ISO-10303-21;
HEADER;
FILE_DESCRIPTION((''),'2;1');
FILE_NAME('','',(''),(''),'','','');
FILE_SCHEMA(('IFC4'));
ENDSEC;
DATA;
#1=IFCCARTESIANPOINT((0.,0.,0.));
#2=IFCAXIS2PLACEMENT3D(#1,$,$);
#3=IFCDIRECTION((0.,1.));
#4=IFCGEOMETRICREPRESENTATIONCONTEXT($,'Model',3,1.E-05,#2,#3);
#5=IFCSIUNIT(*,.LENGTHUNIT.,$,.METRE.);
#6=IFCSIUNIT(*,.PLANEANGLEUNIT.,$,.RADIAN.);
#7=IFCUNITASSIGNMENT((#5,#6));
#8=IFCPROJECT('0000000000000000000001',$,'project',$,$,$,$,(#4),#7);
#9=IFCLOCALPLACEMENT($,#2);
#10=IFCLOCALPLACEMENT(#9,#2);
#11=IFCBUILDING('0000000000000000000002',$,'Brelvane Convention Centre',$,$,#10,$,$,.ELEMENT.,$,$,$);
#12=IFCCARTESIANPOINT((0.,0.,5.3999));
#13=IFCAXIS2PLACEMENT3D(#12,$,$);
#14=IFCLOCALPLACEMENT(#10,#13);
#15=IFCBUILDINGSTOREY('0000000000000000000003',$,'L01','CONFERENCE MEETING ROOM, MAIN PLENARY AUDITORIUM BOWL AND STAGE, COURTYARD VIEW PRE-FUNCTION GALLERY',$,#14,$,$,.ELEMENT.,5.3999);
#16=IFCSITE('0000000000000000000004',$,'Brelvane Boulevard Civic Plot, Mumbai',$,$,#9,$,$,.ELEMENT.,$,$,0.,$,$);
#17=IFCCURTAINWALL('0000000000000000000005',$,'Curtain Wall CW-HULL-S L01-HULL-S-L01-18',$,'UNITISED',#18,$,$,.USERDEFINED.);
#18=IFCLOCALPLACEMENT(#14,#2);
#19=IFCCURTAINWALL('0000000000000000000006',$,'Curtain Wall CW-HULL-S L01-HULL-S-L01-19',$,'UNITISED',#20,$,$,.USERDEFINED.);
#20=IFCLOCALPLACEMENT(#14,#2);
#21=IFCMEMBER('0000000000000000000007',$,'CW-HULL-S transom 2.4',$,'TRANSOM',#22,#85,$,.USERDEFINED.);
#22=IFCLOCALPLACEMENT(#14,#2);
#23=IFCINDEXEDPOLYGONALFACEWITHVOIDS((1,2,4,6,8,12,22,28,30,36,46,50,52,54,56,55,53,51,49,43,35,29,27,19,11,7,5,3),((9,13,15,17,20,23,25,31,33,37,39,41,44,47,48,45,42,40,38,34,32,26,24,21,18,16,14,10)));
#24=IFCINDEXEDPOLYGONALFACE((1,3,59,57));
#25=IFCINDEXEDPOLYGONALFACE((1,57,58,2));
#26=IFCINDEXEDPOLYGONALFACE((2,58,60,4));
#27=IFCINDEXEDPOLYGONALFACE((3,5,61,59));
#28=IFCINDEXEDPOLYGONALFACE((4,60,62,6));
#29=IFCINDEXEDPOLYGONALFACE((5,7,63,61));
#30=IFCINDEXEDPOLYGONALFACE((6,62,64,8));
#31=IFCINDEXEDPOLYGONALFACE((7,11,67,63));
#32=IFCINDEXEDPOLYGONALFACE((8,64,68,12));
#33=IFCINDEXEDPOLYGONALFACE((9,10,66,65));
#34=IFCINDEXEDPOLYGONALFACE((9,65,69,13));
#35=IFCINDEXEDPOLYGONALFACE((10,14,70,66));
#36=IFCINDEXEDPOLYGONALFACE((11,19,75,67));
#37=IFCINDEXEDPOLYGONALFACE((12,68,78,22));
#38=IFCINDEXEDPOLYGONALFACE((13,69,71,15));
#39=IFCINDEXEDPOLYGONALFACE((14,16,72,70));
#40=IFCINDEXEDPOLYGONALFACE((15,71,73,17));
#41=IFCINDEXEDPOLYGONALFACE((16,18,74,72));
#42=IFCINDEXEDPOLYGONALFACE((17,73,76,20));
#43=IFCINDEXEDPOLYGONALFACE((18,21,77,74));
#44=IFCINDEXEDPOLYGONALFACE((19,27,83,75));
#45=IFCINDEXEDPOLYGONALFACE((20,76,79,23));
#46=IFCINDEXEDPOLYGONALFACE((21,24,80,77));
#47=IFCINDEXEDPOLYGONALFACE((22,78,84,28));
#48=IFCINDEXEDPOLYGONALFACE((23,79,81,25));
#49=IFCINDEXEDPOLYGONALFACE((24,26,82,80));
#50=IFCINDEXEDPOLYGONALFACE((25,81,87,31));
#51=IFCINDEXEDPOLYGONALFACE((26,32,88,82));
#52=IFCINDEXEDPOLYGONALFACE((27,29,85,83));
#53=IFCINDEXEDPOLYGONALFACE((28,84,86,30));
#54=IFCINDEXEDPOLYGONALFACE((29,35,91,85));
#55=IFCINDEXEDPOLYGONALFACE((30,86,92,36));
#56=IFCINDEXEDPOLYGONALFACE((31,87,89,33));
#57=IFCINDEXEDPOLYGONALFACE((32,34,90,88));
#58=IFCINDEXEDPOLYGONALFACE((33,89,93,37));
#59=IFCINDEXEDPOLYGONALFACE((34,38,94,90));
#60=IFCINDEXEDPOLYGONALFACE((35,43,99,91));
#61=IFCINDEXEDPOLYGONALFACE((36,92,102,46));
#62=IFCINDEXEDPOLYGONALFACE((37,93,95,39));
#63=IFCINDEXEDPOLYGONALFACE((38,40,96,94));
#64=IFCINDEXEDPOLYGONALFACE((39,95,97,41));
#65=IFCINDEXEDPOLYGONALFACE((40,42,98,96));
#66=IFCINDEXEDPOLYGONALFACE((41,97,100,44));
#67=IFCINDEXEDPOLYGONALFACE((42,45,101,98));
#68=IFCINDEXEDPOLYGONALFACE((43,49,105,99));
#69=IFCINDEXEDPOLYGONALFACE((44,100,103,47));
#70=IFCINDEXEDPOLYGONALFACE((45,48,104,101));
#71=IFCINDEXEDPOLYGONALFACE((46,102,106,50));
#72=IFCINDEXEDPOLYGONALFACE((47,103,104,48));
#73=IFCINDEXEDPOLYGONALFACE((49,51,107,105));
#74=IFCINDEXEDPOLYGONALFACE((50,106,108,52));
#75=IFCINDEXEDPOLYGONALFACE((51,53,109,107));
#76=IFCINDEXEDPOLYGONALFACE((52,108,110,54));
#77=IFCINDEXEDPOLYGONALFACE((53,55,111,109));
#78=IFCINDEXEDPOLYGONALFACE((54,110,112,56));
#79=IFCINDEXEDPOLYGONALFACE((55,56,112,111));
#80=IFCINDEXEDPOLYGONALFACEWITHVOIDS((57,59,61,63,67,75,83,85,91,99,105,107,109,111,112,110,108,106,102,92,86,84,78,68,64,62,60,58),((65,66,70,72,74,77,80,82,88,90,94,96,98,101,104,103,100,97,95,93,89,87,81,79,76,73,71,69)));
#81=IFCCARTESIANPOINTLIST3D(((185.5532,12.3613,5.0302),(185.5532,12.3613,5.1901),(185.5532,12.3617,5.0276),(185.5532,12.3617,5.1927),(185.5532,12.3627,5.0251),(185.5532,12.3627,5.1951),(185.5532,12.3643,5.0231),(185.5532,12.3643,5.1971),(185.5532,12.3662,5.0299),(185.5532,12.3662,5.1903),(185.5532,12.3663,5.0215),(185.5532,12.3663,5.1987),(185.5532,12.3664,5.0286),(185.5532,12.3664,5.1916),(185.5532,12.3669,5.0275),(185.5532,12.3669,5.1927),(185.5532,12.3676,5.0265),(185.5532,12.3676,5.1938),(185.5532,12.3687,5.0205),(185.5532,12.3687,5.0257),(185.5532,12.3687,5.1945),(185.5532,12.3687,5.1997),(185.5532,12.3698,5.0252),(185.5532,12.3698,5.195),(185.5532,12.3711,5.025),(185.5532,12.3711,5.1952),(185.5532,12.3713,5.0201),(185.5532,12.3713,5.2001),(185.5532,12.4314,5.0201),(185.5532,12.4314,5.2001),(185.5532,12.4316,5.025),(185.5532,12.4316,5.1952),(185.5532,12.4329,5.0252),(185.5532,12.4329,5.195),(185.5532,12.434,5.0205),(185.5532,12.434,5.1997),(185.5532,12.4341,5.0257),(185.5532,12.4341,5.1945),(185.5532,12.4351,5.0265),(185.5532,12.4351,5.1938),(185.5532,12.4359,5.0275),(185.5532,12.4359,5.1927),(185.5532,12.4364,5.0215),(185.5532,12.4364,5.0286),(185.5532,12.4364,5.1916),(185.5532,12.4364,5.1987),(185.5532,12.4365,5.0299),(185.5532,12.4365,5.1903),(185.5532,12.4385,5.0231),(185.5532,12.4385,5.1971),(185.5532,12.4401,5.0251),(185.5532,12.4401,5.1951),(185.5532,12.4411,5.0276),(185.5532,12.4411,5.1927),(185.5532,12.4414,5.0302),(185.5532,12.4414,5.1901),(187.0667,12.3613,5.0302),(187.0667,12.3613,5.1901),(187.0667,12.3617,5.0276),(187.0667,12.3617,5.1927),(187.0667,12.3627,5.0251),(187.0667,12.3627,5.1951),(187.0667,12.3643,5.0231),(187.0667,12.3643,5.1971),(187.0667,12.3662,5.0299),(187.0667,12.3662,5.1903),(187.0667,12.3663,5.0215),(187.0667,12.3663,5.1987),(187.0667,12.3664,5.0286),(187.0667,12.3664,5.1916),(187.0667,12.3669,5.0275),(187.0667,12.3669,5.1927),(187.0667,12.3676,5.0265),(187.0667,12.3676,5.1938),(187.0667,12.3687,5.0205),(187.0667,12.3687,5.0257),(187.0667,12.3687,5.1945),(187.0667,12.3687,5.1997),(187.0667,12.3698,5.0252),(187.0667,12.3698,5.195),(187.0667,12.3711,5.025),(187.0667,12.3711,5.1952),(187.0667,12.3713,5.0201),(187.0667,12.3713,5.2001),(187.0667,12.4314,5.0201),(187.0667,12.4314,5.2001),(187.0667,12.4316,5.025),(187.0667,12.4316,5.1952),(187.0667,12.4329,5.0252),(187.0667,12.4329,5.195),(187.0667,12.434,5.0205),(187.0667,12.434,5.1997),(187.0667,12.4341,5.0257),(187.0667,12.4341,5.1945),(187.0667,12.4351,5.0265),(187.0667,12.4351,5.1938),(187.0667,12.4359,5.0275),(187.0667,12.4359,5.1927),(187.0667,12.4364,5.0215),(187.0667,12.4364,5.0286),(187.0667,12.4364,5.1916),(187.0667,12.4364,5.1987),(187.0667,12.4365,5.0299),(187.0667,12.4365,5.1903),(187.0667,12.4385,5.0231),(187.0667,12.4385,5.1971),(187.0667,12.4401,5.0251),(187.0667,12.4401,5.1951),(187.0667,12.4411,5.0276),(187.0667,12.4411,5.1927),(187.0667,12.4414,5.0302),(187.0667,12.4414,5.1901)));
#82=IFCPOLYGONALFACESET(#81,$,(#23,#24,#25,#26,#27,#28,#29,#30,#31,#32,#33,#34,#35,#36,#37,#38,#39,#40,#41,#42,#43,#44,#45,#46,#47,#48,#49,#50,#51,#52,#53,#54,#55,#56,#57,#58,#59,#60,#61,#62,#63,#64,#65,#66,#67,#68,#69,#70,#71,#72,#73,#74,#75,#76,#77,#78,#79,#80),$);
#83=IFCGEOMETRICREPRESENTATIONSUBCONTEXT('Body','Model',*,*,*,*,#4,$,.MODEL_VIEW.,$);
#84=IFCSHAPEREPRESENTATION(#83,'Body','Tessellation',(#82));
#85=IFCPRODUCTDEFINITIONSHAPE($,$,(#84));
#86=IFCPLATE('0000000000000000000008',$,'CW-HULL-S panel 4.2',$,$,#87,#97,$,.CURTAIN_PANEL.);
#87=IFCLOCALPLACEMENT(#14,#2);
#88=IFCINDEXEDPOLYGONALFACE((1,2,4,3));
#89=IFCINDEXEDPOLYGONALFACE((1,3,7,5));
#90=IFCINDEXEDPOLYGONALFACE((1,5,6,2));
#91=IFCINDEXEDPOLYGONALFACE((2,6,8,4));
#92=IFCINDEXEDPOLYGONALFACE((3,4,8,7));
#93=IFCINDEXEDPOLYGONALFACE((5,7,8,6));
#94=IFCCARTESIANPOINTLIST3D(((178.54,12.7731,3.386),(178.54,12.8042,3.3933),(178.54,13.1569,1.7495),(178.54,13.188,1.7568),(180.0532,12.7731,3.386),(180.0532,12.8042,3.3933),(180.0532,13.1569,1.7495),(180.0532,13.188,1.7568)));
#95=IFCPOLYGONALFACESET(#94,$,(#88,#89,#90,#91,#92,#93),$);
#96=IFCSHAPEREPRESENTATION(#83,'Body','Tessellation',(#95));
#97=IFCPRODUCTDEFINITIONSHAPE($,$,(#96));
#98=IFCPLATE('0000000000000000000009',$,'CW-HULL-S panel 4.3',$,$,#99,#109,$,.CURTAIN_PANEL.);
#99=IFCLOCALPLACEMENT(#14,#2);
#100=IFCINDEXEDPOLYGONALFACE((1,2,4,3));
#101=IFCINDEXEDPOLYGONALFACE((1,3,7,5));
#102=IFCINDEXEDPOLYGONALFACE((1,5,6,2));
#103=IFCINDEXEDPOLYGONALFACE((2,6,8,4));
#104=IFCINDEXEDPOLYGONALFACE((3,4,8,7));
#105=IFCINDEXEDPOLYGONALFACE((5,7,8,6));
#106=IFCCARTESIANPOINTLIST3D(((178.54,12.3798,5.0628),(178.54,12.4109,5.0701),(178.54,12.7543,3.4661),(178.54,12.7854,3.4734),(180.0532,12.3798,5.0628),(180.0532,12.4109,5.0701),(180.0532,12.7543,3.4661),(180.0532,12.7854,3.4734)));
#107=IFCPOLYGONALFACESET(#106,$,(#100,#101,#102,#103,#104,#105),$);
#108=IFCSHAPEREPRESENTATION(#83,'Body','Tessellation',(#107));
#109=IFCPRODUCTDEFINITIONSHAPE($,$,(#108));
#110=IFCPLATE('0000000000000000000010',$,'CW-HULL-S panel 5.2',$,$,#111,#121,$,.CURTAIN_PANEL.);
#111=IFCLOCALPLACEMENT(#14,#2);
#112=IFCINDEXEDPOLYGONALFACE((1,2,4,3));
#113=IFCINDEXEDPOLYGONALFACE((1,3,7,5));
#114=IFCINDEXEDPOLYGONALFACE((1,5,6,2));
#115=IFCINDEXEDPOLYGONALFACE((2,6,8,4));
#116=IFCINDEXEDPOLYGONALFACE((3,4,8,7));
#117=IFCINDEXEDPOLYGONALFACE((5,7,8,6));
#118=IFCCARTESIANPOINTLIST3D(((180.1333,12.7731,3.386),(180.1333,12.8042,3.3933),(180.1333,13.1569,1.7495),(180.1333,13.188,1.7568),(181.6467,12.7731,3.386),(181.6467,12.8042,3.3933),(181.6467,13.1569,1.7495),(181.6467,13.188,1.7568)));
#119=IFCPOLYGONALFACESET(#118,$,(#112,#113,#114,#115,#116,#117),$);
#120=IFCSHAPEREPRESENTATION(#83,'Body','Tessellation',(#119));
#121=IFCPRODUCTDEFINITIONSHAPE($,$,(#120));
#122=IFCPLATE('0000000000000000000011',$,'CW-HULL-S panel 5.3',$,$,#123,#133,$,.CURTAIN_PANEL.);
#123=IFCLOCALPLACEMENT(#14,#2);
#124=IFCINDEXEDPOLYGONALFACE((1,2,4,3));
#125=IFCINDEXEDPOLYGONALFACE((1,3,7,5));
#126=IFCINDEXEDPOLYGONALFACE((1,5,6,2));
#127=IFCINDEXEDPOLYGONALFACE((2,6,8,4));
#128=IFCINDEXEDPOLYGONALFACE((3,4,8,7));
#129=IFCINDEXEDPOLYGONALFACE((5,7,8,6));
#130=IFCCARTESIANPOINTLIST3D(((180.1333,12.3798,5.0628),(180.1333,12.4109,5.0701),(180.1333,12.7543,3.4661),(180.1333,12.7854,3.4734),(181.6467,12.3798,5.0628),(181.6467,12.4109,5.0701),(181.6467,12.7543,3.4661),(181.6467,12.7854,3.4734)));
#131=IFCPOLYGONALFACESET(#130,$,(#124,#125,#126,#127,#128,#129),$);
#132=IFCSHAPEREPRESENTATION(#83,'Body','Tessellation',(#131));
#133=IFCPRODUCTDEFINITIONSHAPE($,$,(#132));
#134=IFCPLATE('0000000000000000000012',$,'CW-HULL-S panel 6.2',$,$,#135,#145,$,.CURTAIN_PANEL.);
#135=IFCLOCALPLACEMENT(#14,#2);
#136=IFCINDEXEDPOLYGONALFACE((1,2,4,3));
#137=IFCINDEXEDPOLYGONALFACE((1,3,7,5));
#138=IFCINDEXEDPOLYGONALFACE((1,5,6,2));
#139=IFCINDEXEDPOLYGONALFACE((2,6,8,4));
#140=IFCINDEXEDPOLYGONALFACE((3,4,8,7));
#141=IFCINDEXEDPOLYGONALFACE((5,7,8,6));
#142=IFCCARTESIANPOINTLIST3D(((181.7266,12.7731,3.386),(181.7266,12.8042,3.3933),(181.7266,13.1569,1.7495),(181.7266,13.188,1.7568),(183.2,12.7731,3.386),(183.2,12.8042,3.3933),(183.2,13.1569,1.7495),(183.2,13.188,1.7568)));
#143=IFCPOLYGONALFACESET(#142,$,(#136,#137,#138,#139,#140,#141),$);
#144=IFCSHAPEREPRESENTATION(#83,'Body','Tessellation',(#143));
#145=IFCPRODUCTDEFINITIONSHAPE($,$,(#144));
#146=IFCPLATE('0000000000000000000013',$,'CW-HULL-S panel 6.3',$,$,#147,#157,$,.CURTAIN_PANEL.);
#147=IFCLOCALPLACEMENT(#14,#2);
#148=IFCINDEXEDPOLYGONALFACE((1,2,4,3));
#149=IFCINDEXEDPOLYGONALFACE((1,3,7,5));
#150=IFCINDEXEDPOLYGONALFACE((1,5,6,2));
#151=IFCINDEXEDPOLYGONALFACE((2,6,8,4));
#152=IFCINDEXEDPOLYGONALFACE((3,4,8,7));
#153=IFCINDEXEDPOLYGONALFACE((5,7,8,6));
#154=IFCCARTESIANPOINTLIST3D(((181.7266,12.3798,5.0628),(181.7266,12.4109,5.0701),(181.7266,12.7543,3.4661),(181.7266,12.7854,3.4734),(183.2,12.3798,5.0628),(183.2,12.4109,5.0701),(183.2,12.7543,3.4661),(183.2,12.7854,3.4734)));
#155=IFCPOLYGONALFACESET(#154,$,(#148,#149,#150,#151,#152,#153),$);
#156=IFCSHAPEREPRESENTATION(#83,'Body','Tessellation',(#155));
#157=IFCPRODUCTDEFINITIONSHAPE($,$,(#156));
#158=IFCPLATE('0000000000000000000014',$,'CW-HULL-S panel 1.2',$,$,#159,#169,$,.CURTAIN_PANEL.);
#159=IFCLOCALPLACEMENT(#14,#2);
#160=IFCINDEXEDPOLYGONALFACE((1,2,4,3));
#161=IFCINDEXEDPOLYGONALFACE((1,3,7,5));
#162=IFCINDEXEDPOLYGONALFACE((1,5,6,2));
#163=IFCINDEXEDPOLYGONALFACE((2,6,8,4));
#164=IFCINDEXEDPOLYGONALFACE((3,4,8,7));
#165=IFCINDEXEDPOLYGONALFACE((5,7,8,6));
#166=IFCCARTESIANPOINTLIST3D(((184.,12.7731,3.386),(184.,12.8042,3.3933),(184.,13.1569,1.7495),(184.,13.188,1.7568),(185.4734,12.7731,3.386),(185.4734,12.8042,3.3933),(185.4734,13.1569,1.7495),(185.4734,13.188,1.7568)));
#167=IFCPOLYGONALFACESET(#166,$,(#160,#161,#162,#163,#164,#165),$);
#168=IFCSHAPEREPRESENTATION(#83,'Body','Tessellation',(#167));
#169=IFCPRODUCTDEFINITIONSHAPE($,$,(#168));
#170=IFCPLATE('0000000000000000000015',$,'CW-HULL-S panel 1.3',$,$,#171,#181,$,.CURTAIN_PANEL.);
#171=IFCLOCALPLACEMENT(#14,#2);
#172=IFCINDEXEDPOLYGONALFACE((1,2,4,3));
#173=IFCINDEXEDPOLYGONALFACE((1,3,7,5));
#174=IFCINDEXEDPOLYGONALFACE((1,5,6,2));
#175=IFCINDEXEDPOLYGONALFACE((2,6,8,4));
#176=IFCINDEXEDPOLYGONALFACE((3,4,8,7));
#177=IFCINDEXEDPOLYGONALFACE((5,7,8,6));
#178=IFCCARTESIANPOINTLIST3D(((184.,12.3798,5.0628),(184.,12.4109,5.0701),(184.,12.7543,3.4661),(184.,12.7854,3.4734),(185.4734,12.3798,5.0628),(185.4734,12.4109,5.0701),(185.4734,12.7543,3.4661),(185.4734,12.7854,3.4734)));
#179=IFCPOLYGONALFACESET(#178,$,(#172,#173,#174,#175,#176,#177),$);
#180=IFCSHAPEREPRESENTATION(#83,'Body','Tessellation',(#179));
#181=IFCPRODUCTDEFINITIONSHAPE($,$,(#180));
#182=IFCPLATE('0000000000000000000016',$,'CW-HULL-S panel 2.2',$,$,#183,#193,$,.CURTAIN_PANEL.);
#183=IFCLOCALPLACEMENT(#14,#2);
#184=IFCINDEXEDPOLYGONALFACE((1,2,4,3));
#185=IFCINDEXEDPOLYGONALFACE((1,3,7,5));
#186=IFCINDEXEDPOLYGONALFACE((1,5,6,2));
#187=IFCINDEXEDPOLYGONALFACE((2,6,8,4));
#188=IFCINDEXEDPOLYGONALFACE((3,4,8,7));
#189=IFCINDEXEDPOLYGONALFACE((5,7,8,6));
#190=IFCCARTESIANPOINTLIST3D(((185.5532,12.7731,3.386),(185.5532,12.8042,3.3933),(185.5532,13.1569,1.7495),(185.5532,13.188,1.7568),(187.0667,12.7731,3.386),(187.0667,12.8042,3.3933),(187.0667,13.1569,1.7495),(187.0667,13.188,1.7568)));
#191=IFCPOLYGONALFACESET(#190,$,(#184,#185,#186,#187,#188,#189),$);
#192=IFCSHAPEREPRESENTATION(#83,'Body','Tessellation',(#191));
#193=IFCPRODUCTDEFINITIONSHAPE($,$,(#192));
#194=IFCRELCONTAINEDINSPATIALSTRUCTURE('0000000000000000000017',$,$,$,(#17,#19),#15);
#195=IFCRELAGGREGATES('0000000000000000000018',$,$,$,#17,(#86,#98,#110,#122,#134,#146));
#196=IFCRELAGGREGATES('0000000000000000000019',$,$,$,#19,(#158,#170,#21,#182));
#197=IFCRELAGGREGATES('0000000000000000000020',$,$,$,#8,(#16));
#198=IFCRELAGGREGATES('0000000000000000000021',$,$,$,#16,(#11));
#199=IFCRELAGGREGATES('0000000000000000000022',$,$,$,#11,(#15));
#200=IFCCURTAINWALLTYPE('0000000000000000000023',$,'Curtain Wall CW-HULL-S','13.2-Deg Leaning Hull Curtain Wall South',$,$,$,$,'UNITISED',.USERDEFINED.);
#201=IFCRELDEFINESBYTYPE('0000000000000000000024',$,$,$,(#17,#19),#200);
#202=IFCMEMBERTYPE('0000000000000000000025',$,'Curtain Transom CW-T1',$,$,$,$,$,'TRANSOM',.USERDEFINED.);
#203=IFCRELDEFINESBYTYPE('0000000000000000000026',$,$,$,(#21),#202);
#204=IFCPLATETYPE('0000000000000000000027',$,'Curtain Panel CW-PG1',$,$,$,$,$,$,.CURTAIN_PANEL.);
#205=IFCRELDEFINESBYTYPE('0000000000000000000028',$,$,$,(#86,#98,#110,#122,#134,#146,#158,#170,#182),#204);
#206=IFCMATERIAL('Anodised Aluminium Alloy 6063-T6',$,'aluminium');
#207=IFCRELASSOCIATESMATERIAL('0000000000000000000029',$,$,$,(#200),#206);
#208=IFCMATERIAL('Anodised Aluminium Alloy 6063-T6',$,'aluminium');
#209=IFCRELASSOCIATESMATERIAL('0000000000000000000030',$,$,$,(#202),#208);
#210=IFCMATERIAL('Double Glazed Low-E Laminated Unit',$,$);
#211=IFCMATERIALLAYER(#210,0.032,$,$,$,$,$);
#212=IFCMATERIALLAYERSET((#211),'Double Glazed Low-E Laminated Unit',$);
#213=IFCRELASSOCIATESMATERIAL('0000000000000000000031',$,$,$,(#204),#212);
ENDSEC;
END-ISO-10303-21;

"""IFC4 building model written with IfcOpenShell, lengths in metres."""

from ifc_helpers import new_model, si_unit, direction, frame, origin, origin_2d, place, context, subcontext, project, spatial, polyline, hollow_rectangle, outline, extrude, material, layer, layer_set, material_profile, profile_set, type_object, element, aggregate, save


model = new_model("IFC4")

# Units and contexts
model_context = context("Model", 3, precision=1e-05, world=origin(), true_north=direction((0.0, 1.0)))
body_context = subcontext(model_context, "Body", "Model", "MODEL_VIEW")
ifc_project = project(units=[si_unit("LENGTHUNIT", "METRE"), si_unit("PLANEANGLEUNIT", "RADIAN")], contexts=[model_context])

# Site, building, storey
site_placement = place(None, origin())
site = spatial("IfcSite", under=ifc_project, at=site_placement, Name="Brelvane Boulevard Civic Plot, Mumbai", CompositionType="ELEMENT", RefElevation=0.0)
building_placement = place(site_placement, origin())
building = spatial("IfcBuilding", under=site, at=building_placement, Name="Brelvane Convention Centre", CompositionType="ELEMENT")
storey_placement = place(building_placement, frame((0.0, 0.0, 5.3999)))
storey = spatial("IfcBuildingStorey", under=building, at=storey_placement, Name="L01", Description="CONFERENCE MEETING ROOM, MAIN PLENARY AUDITORIUM BOWL AND STAGE, COURTYARD VIEW PRE-FUNCTION GALLERY", CompositionType="ELEMENT", Elevation=5.3999)

# Curtain walls, member
ifc_material_1 = material(Name="Anodised Aluminium Alloy 6063-T6", Category="aluminium")
curtain_wall_type = type_object("IfcCurtainWallType", Name="Curtain Wall CW-HULL-S", Description="13.2-Deg Leaning Hull Curtain Wall South", ElementType="UNITISED", PredefinedType="USERDEFINED", material=ifc_material_1)
curtain_wall_1_placement = place(storey_placement, origin())
curtain_wall_1 = element("IfcCurtainWall", 1, at=curtain_wall_1_placement, inside=storey, type_object=curtain_wall_type, Name="Curtain Wall CW-HULL-S L01-HULL-S-L01-18", ObjectType="UNITISED", PredefinedType="USERDEFINED")
ifc_material_2 = material(Name="Anodised Aluminium Alloy 6063-T6", Category="aluminium")
ifc_material_profile = material_profile(ifc_material_2, hollow_rectangle(XDim=0.0801, YDim=0.1799, WallThickness=0.0049, InnerFilletRadius=0.0049, OuterFilletRadius=0.01, at=origin_2d()), Name="ALU-T 180x80x5.0")
ifc_profile_set = profile_set([ifc_material_profile], Name="Anodised Aluminium Alloy 6063-T6")
member_type = type_object("IfcMemberType", Name="Curtain Transom CW-T1", ElementType="TRANSOM", PredefinedType="USERDEFINED", material=ifc_profile_set)
curtain_wall_2_placement = place(storey_placement, origin())
curtain_wall_2 = element("IfcCurtainWall", 2, at=curtain_wall_2_placement, inside=storey, type_object=curtain_wall_type, Name="Curtain Wall CW-HULL-S L01-HULL-S-L01-19", ObjectType="UNITISED", PredefinedType="USERDEFINED")
member_1_placement = place(storey_placement, frame((185.5532, 12.4014, 5.1101), z_axis=(1.0, 0.0, 0.0), x_axis=(0.0, 1.0, 0.0)))
member_1 = element("IfcMember", 3, at=member_1_placement, type_object=member_type, Name="CW-HULL-S transom 2.4", ObjectType="TRANSOM", PredefinedType="USERDEFINED", context=body_context, shape_type="SweptSolid", body=[
    extrude(hollow_rectangle(XDim=0.0801, YDim=0.1799, WallThickness=0.0049, InnerFilletRadius=0.0049, OuterFilletRadius=0.01, at=origin_2d()), origin(), (0.0, 0.0, 1.0), 1.5134),
])

# Plates
ifc_material_3 = material(Name="Double Glazed Low-E Laminated Unit")
ifc_layer_1 = layer(ifc_material_3, 0.032)
ifc_layer_set_1 = layer_set([ifc_layer_1], Name="Double Glazed Low-E Laminated Unit")
plate_type_1 = type_object("IfcPlateType", Name="Curtain Panel CW-PG1", PredefinedType="CURTAIN_PANEL", material=ifc_layer_set_1)
plate_1_placement = place(storey_placement, frame((178.54, 13.188, 1.7568), z_axis=(0.0, 0.973585, 0.228327), x_axis=(1.0, 0.0, 0.0)))
plate_1 = element("IfcPlate", 4, at=plate_1_placement, type_object=plate_type_1, Name="CW-HULL-S panel 4.2", PredefinedType="CURTAIN_PANEL", context=body_context, shape_type="SweptSolid", body=[
    extrude(outline(polyline([(0.0, 0.0), (1.5132, 0.0), (1.5132, -1.6809), (0.0, -1.6809), (0.0, 0.0)])), origin(), (0.0, 0.0, -1.0), 0.032),
])
plate_2_placement = place(storey_placement, frame((178.54, 12.7854, 3.4734), z_axis=(0.0, 0.973577, 0.228359), x_axis=(1.0, 0.0, 0.0)))
plate_2 = element("IfcPlate", 5, at=plate_2_placement, type_object=plate_type_1, Name="CW-HULL-S panel 4.3", PredefinedType="CURTAIN_PANEL", context=body_context, shape_type="SweptSolid", body=[
    extrude(outline(polyline([(0.0, 0.0), (1.5132, 0.0), (1.5132, -1.64), (0.0, -1.64), (0.0, 0.0)])), origin(), (0.0, 0.0, -1.0), 0.032),
])
plate_3_placement = place(storey_placement, frame((180.1333, 13.188, 1.7568), z_axis=(0.0, 0.973585, 0.228327), x_axis=(1.0, 0.0, 0.0)))
plate_3 = element("IfcPlate", 6, at=plate_3_placement, type_object=plate_type_1, Name="CW-HULL-S panel 5.2", PredefinedType="CURTAIN_PANEL", context=body_context, shape_type="SweptSolid", body=[
    extrude(outline(polyline([(0.0, 0.0), (1.5134, 0.0), (1.5134, -1.6809), (0.0, -1.6809), (0.0, 0.0)])), origin(), (0.0, 0.0, -1.0), 0.032),
])
plate_4_placement = place(storey_placement, frame((180.1333, 12.7854, 3.4734), z_axis=(0.0, 0.973577, 0.228359), x_axis=(1.0, 0.0, 0.0)))
plate_4 = element("IfcPlate", 7, at=plate_4_placement, type_object=plate_type_1, Name="CW-HULL-S panel 5.3", PredefinedType="CURTAIN_PANEL", context=body_context, shape_type="SweptSolid", body=[
    extrude(outline(polyline([(0.0, 0.0), (1.5134, 0.0), (1.5134, -1.64), (0.0, -1.64), (0.0, 0.0)])), origin(), (0.0, 0.0, -1.0), 0.032),
])
plate_5_placement = place(storey_placement, frame((181.7266, 13.188, 1.7568), z_axis=(0.0, 0.973585, 0.228327), x_axis=(1.0, 0.0, 0.0)))
plate_5 = element("IfcPlate", 8, at=plate_5_placement, type_object=plate_type_1, Name="CW-HULL-S panel 6.2", PredefinedType="CURTAIN_PANEL", context=body_context, shape_type="SweptSolid", body=[
    extrude(outline(polyline([(0.0, 0.0), (1.4734, 0.0), (1.4734, -1.6809), (0.0, -1.6809), (0.0, 0.0)])), origin(), (0.0, 0.0, -1.0), 0.032),
])
plate_6_placement = place(storey_placement, frame((181.7266, 12.7854, 3.4734), z_axis=(0.0, 0.973577, 0.228359), x_axis=(1.0, 0.0, 0.0)))
plate_6 = element("IfcPlate", 9, at=plate_6_placement, type_object=plate_type_1, Name="CW-HULL-S panel 6.3", PredefinedType="CURTAIN_PANEL", context=body_context, shape_type="SweptSolid", body=[
    extrude(outline(polyline([(0.0, 0.0), (1.4734, 0.0), (1.4734, -1.64), (0.0, -1.64), (0.0, 0.0)])), origin(), (0.0, 0.0, -1.0), 0.032),
])
plate_7_placement = place(storey_placement, frame((184.0, 13.188, 1.7568), z_axis=(0.0, 0.973585, 0.228327), x_axis=(1.0, 0.0, 0.0)))
plate_7 = element("IfcPlate", 10, at=plate_7_placement, type_object=plate_type_1, Name="CW-HULL-S panel 1.2", PredefinedType="CURTAIN_PANEL", context=body_context, shape_type="SweptSolid", body=[
    extrude(outline(polyline([(0.0, 0.0), (1.4734, 0.0), (1.4734, -1.6809), (0.0, -1.6809), (0.0, 0.0)])), origin(), (0.0, 0.0, -1.0), 0.032),
])
plate_8_placement = place(storey_placement, frame((184.0, 12.7854, 3.4734), z_axis=(0.0, 0.973577, 0.228359), x_axis=(1.0, 0.0, 0.0)))
plate_8 = element("IfcPlate", 11, at=plate_8_placement, type_object=plate_type_1, Name="CW-HULL-S panel 1.3", PredefinedType="CURTAIN_PANEL", context=body_context, shape_type="SweptSolid", body=[
    extrude(outline(polyline([(0.0, 0.0), (1.4734, 0.0), (1.4734, -1.64), (0.0, -1.64), (0.0, 0.0)])), origin(), (0.0, 0.0, -1.0), 0.032),
])
plate_9_placement = place(storey_placement, frame((185.5532, 13.188, 1.7568), z_axis=(0.0, 0.973585, 0.228327), x_axis=(1.0, 0.0, 0.0)))
plate_9 = element("IfcPlate", 12, at=plate_9_placement, type_object=plate_type_1, Name="CW-HULL-S panel 2.2", PredefinedType="CURTAIN_PANEL", context=body_context, shape_type="SweptSolid", body=[
    extrude(outline(polyline([(0.0, 0.0), (1.5134, 0.0), (1.5134, -1.6809), (0.0, -1.6809), (0.0, 0.0)])), origin(), (0.0, 0.0, -1.0), 0.032),
])
aggregate(curtain_wall_1, [plate_1, plate_2, plate_3, plate_4, plate_5, plate_6])
aggregate(curtain_wall_2, [plate_7, plate_8, member_1, plate_9])

save(model, "model.ifc")
